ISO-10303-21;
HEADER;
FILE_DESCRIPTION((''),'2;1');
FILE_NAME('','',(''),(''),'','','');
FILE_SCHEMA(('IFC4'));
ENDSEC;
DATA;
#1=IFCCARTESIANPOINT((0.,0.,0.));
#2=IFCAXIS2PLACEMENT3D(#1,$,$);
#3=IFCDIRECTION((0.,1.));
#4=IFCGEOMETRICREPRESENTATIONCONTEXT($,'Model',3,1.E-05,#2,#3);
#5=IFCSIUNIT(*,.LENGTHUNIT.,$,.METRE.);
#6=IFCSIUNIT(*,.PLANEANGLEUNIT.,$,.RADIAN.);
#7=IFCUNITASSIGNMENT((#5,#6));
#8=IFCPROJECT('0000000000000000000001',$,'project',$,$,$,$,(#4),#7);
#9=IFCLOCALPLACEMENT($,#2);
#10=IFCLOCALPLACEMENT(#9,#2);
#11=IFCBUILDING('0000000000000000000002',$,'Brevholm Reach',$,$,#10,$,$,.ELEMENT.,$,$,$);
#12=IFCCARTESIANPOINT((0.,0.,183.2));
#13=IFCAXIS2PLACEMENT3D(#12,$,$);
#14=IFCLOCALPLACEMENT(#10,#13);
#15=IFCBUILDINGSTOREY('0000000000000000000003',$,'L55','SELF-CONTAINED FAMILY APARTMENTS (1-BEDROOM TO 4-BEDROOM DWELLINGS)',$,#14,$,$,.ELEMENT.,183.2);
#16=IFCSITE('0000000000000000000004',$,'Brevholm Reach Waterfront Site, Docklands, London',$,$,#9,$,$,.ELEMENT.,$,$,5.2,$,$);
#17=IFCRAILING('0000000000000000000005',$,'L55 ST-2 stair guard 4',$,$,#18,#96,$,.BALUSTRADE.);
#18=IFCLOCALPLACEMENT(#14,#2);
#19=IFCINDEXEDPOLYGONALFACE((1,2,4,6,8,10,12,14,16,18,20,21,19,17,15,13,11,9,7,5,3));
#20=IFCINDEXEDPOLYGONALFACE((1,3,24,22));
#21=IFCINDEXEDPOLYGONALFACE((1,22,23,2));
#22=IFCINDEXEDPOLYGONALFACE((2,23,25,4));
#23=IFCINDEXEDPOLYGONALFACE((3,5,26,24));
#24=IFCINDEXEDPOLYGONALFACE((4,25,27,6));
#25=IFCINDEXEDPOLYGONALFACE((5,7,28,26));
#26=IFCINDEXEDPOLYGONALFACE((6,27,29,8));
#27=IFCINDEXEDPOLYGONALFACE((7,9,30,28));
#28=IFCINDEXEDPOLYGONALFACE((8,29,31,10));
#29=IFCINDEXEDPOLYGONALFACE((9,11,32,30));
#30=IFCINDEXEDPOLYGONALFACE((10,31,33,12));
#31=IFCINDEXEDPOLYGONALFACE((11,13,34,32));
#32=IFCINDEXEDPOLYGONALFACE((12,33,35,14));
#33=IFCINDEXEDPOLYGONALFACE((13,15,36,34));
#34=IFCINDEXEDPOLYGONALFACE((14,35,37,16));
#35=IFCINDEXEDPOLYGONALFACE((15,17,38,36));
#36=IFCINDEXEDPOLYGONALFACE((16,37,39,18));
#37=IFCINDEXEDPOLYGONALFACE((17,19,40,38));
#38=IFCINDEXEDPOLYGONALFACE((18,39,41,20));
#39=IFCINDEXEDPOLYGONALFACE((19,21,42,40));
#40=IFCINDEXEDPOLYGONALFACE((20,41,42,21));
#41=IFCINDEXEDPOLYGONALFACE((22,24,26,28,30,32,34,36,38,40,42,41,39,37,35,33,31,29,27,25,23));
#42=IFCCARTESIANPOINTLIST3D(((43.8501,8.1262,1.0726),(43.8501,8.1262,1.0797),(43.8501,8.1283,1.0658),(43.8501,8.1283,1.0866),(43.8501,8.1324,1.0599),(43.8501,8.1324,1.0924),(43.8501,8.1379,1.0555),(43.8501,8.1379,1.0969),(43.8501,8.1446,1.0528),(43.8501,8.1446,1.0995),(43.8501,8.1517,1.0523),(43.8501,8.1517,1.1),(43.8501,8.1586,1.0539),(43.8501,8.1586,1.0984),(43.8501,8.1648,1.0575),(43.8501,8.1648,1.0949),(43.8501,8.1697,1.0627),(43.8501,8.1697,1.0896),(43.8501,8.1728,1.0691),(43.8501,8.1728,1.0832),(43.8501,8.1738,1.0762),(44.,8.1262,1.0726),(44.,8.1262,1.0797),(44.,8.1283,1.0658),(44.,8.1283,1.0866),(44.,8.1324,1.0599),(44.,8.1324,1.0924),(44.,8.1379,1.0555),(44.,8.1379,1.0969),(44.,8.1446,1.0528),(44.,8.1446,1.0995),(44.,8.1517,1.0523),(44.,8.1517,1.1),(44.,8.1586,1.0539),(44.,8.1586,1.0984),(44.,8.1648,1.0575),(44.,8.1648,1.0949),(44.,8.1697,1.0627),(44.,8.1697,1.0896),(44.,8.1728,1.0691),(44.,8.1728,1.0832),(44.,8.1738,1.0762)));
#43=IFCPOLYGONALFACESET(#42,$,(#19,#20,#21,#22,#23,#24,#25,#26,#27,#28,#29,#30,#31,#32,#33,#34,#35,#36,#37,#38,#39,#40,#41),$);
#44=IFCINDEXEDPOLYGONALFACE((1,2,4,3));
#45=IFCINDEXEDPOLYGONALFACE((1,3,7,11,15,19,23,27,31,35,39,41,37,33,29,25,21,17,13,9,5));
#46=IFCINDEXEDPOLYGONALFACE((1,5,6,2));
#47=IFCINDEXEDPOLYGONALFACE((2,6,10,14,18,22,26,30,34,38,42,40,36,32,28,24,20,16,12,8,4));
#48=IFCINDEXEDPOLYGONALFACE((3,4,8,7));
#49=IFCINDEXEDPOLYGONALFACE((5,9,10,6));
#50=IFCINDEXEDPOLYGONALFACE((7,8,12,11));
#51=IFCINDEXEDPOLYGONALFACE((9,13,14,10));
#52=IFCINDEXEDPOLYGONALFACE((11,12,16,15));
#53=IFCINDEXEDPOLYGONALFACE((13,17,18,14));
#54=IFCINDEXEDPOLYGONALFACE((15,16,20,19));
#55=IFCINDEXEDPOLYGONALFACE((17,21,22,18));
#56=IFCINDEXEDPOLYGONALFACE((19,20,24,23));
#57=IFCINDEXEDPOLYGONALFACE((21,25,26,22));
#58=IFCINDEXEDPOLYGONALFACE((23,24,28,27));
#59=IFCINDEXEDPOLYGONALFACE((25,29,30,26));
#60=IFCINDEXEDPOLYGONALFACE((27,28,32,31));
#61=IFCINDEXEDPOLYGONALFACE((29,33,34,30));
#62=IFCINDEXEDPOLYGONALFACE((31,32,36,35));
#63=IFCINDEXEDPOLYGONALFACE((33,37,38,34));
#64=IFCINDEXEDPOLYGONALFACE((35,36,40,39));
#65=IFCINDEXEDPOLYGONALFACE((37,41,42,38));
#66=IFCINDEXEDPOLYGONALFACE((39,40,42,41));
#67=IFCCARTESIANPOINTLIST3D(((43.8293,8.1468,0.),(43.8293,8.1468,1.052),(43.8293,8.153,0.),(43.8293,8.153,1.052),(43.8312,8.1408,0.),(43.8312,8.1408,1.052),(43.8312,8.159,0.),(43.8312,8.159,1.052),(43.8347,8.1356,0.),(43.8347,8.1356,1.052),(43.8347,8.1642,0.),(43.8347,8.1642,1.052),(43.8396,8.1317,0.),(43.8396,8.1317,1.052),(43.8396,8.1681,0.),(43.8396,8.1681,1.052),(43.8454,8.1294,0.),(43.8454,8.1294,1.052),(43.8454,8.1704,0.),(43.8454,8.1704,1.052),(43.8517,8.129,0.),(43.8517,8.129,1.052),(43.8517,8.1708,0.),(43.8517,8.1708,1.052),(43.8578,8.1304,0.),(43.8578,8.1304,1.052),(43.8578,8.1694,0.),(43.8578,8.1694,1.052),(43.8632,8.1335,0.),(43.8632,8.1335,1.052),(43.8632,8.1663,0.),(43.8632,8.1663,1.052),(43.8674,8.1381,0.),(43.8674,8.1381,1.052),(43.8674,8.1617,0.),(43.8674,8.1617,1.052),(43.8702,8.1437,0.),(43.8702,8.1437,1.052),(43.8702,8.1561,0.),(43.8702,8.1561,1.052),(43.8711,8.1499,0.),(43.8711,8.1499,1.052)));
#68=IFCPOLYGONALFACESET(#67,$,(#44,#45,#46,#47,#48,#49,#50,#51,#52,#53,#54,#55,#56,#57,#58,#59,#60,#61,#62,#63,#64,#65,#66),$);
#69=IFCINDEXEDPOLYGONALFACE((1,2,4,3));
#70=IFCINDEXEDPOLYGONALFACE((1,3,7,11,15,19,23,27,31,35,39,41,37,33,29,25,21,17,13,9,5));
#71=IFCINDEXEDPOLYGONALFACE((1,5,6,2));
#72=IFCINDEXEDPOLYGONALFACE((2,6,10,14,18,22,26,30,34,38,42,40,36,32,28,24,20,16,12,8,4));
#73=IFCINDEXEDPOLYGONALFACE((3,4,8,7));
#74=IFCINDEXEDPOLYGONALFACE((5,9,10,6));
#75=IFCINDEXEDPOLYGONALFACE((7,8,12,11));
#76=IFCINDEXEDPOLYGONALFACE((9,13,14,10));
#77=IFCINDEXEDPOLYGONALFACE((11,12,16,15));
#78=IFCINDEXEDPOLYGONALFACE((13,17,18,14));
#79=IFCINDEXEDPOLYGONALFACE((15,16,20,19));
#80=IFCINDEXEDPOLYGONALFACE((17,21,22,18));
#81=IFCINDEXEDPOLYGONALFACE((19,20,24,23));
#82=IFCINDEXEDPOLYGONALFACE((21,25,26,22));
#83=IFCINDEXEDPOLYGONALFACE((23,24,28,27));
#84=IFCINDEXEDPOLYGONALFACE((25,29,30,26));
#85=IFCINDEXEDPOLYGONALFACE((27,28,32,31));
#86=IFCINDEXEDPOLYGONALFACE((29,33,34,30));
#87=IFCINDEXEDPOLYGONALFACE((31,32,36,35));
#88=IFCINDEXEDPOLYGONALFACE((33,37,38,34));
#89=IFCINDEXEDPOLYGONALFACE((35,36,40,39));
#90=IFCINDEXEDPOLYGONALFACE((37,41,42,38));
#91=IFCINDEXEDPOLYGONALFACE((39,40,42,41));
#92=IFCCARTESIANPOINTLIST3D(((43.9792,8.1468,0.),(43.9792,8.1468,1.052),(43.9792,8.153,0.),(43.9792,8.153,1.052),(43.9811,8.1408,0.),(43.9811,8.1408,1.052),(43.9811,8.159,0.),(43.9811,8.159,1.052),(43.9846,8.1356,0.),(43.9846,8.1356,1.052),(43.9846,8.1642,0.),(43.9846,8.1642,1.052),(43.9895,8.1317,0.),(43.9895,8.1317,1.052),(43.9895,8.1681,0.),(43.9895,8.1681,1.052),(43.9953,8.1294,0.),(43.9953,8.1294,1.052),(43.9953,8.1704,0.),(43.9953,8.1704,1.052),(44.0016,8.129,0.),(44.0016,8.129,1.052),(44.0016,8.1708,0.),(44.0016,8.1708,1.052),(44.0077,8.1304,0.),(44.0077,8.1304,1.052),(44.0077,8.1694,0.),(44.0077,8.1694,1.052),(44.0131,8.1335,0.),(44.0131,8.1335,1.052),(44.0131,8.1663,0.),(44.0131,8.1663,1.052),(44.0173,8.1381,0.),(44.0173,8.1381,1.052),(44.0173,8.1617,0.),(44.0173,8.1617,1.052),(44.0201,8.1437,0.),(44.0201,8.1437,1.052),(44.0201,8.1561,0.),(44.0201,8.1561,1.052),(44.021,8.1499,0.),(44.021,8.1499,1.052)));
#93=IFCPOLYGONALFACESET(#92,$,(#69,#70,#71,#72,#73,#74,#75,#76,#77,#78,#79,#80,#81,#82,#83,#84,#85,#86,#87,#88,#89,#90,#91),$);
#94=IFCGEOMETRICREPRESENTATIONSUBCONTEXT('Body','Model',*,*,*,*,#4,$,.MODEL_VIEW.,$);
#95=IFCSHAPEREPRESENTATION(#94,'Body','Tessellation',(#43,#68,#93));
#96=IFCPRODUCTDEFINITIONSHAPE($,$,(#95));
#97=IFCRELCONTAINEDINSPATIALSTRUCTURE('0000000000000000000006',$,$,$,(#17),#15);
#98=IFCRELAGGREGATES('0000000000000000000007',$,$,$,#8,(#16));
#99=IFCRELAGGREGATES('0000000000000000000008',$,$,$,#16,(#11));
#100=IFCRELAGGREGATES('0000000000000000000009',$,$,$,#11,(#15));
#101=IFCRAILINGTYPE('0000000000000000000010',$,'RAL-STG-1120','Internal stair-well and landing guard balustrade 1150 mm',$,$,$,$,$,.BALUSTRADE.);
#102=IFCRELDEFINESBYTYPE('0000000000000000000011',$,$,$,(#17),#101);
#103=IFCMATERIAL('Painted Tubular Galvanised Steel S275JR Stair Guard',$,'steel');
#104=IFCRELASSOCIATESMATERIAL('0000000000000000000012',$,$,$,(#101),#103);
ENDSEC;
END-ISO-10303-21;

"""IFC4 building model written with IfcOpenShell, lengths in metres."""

from ifc_helpers import new_model, si_unit, direction, frame, origin, origin_2d, place, context, subcontext, project, spatial, circle, extrude, material, type_object, element, save


model = new_model("IFC4")

# Units and contexts
model_context = context("Model", 3, precision=1e-05, world=origin(), true_north=direction((0.0, 1.0)))
body_context = subcontext(model_context, "Body", "Model", "MODEL_VIEW")
ifc_project = project(units=[si_unit("LENGTHUNIT", "METRE"), si_unit("PLANEANGLEUNIT", "RADIAN")], contexts=[model_context])

# Site, building, storey
site_placement = place(None, origin())
site = spatial("IfcSite", under=ifc_project, at=site_placement, Name="Brevholm Reach Waterfront Site, Docklands, London", CompositionType="ELEMENT", RefElevation=5.2)
building_placement = place(site_placement, origin())
building = spatial("IfcBuilding", under=site, at=building_placement, Name="Brevholm Reach", CompositionType="ELEMENT")
storey_placement = place(building_placement, frame((0.0, 0.0, 183.2)))
storey = spatial("IfcBuildingStorey", under=building, at=storey_placement, Name="L55", Description="SELF-CONTAINED FAMILY APARTMENTS (1-BEDROOM TO 4-BEDROOM DWELLINGS)", CompositionType="ELEMENT", Elevation=183.2)

# Railing
ifc_material_1 = material(Name="Painted Tubular Galvanised Steel S275JR Stair Guard", Category="steel")
railing_type_1 = type_object("IfcRailingType", Name="RAL-STG-1120", Description="Internal stair-well and landing guard balustrade 1150 mm", PredefinedType="BALUSTRADE", material=ifc_material_1)
railing_1_placement = place(storey_placement, frame((43.8501, 8.1499, 0.0)))
element("IfcRailing", 1, at=railing_1_placement, inside=storey, type_object=railing_type_1, Name="L55 ST-2 stair guard 4", PredefinedType="BALUSTRADE", context=body_context, shape_type="SweptSolid", body=[
    extrude(circle(Radius=0.0239, at=origin_2d()), frame((0.0, 0.0, 1.0762), z_axis=(1.0, 0.0, 0.0), x_axis=(0.0, 1.0, 0.0)), (0.0, 0.0, 1.0), 0.1499),
    extrude(circle(Radius=0.021, at=origin_2d()), origin(), (0.0, 0.0, 1.0), 1.052),
    extrude(circle(Radius=0.021, at=origin_2d()), frame((0.1499, 0.0, 0.0)), (0.0, 0.0, 1.0), 1.052),
])

save(model, "model.ifc")
